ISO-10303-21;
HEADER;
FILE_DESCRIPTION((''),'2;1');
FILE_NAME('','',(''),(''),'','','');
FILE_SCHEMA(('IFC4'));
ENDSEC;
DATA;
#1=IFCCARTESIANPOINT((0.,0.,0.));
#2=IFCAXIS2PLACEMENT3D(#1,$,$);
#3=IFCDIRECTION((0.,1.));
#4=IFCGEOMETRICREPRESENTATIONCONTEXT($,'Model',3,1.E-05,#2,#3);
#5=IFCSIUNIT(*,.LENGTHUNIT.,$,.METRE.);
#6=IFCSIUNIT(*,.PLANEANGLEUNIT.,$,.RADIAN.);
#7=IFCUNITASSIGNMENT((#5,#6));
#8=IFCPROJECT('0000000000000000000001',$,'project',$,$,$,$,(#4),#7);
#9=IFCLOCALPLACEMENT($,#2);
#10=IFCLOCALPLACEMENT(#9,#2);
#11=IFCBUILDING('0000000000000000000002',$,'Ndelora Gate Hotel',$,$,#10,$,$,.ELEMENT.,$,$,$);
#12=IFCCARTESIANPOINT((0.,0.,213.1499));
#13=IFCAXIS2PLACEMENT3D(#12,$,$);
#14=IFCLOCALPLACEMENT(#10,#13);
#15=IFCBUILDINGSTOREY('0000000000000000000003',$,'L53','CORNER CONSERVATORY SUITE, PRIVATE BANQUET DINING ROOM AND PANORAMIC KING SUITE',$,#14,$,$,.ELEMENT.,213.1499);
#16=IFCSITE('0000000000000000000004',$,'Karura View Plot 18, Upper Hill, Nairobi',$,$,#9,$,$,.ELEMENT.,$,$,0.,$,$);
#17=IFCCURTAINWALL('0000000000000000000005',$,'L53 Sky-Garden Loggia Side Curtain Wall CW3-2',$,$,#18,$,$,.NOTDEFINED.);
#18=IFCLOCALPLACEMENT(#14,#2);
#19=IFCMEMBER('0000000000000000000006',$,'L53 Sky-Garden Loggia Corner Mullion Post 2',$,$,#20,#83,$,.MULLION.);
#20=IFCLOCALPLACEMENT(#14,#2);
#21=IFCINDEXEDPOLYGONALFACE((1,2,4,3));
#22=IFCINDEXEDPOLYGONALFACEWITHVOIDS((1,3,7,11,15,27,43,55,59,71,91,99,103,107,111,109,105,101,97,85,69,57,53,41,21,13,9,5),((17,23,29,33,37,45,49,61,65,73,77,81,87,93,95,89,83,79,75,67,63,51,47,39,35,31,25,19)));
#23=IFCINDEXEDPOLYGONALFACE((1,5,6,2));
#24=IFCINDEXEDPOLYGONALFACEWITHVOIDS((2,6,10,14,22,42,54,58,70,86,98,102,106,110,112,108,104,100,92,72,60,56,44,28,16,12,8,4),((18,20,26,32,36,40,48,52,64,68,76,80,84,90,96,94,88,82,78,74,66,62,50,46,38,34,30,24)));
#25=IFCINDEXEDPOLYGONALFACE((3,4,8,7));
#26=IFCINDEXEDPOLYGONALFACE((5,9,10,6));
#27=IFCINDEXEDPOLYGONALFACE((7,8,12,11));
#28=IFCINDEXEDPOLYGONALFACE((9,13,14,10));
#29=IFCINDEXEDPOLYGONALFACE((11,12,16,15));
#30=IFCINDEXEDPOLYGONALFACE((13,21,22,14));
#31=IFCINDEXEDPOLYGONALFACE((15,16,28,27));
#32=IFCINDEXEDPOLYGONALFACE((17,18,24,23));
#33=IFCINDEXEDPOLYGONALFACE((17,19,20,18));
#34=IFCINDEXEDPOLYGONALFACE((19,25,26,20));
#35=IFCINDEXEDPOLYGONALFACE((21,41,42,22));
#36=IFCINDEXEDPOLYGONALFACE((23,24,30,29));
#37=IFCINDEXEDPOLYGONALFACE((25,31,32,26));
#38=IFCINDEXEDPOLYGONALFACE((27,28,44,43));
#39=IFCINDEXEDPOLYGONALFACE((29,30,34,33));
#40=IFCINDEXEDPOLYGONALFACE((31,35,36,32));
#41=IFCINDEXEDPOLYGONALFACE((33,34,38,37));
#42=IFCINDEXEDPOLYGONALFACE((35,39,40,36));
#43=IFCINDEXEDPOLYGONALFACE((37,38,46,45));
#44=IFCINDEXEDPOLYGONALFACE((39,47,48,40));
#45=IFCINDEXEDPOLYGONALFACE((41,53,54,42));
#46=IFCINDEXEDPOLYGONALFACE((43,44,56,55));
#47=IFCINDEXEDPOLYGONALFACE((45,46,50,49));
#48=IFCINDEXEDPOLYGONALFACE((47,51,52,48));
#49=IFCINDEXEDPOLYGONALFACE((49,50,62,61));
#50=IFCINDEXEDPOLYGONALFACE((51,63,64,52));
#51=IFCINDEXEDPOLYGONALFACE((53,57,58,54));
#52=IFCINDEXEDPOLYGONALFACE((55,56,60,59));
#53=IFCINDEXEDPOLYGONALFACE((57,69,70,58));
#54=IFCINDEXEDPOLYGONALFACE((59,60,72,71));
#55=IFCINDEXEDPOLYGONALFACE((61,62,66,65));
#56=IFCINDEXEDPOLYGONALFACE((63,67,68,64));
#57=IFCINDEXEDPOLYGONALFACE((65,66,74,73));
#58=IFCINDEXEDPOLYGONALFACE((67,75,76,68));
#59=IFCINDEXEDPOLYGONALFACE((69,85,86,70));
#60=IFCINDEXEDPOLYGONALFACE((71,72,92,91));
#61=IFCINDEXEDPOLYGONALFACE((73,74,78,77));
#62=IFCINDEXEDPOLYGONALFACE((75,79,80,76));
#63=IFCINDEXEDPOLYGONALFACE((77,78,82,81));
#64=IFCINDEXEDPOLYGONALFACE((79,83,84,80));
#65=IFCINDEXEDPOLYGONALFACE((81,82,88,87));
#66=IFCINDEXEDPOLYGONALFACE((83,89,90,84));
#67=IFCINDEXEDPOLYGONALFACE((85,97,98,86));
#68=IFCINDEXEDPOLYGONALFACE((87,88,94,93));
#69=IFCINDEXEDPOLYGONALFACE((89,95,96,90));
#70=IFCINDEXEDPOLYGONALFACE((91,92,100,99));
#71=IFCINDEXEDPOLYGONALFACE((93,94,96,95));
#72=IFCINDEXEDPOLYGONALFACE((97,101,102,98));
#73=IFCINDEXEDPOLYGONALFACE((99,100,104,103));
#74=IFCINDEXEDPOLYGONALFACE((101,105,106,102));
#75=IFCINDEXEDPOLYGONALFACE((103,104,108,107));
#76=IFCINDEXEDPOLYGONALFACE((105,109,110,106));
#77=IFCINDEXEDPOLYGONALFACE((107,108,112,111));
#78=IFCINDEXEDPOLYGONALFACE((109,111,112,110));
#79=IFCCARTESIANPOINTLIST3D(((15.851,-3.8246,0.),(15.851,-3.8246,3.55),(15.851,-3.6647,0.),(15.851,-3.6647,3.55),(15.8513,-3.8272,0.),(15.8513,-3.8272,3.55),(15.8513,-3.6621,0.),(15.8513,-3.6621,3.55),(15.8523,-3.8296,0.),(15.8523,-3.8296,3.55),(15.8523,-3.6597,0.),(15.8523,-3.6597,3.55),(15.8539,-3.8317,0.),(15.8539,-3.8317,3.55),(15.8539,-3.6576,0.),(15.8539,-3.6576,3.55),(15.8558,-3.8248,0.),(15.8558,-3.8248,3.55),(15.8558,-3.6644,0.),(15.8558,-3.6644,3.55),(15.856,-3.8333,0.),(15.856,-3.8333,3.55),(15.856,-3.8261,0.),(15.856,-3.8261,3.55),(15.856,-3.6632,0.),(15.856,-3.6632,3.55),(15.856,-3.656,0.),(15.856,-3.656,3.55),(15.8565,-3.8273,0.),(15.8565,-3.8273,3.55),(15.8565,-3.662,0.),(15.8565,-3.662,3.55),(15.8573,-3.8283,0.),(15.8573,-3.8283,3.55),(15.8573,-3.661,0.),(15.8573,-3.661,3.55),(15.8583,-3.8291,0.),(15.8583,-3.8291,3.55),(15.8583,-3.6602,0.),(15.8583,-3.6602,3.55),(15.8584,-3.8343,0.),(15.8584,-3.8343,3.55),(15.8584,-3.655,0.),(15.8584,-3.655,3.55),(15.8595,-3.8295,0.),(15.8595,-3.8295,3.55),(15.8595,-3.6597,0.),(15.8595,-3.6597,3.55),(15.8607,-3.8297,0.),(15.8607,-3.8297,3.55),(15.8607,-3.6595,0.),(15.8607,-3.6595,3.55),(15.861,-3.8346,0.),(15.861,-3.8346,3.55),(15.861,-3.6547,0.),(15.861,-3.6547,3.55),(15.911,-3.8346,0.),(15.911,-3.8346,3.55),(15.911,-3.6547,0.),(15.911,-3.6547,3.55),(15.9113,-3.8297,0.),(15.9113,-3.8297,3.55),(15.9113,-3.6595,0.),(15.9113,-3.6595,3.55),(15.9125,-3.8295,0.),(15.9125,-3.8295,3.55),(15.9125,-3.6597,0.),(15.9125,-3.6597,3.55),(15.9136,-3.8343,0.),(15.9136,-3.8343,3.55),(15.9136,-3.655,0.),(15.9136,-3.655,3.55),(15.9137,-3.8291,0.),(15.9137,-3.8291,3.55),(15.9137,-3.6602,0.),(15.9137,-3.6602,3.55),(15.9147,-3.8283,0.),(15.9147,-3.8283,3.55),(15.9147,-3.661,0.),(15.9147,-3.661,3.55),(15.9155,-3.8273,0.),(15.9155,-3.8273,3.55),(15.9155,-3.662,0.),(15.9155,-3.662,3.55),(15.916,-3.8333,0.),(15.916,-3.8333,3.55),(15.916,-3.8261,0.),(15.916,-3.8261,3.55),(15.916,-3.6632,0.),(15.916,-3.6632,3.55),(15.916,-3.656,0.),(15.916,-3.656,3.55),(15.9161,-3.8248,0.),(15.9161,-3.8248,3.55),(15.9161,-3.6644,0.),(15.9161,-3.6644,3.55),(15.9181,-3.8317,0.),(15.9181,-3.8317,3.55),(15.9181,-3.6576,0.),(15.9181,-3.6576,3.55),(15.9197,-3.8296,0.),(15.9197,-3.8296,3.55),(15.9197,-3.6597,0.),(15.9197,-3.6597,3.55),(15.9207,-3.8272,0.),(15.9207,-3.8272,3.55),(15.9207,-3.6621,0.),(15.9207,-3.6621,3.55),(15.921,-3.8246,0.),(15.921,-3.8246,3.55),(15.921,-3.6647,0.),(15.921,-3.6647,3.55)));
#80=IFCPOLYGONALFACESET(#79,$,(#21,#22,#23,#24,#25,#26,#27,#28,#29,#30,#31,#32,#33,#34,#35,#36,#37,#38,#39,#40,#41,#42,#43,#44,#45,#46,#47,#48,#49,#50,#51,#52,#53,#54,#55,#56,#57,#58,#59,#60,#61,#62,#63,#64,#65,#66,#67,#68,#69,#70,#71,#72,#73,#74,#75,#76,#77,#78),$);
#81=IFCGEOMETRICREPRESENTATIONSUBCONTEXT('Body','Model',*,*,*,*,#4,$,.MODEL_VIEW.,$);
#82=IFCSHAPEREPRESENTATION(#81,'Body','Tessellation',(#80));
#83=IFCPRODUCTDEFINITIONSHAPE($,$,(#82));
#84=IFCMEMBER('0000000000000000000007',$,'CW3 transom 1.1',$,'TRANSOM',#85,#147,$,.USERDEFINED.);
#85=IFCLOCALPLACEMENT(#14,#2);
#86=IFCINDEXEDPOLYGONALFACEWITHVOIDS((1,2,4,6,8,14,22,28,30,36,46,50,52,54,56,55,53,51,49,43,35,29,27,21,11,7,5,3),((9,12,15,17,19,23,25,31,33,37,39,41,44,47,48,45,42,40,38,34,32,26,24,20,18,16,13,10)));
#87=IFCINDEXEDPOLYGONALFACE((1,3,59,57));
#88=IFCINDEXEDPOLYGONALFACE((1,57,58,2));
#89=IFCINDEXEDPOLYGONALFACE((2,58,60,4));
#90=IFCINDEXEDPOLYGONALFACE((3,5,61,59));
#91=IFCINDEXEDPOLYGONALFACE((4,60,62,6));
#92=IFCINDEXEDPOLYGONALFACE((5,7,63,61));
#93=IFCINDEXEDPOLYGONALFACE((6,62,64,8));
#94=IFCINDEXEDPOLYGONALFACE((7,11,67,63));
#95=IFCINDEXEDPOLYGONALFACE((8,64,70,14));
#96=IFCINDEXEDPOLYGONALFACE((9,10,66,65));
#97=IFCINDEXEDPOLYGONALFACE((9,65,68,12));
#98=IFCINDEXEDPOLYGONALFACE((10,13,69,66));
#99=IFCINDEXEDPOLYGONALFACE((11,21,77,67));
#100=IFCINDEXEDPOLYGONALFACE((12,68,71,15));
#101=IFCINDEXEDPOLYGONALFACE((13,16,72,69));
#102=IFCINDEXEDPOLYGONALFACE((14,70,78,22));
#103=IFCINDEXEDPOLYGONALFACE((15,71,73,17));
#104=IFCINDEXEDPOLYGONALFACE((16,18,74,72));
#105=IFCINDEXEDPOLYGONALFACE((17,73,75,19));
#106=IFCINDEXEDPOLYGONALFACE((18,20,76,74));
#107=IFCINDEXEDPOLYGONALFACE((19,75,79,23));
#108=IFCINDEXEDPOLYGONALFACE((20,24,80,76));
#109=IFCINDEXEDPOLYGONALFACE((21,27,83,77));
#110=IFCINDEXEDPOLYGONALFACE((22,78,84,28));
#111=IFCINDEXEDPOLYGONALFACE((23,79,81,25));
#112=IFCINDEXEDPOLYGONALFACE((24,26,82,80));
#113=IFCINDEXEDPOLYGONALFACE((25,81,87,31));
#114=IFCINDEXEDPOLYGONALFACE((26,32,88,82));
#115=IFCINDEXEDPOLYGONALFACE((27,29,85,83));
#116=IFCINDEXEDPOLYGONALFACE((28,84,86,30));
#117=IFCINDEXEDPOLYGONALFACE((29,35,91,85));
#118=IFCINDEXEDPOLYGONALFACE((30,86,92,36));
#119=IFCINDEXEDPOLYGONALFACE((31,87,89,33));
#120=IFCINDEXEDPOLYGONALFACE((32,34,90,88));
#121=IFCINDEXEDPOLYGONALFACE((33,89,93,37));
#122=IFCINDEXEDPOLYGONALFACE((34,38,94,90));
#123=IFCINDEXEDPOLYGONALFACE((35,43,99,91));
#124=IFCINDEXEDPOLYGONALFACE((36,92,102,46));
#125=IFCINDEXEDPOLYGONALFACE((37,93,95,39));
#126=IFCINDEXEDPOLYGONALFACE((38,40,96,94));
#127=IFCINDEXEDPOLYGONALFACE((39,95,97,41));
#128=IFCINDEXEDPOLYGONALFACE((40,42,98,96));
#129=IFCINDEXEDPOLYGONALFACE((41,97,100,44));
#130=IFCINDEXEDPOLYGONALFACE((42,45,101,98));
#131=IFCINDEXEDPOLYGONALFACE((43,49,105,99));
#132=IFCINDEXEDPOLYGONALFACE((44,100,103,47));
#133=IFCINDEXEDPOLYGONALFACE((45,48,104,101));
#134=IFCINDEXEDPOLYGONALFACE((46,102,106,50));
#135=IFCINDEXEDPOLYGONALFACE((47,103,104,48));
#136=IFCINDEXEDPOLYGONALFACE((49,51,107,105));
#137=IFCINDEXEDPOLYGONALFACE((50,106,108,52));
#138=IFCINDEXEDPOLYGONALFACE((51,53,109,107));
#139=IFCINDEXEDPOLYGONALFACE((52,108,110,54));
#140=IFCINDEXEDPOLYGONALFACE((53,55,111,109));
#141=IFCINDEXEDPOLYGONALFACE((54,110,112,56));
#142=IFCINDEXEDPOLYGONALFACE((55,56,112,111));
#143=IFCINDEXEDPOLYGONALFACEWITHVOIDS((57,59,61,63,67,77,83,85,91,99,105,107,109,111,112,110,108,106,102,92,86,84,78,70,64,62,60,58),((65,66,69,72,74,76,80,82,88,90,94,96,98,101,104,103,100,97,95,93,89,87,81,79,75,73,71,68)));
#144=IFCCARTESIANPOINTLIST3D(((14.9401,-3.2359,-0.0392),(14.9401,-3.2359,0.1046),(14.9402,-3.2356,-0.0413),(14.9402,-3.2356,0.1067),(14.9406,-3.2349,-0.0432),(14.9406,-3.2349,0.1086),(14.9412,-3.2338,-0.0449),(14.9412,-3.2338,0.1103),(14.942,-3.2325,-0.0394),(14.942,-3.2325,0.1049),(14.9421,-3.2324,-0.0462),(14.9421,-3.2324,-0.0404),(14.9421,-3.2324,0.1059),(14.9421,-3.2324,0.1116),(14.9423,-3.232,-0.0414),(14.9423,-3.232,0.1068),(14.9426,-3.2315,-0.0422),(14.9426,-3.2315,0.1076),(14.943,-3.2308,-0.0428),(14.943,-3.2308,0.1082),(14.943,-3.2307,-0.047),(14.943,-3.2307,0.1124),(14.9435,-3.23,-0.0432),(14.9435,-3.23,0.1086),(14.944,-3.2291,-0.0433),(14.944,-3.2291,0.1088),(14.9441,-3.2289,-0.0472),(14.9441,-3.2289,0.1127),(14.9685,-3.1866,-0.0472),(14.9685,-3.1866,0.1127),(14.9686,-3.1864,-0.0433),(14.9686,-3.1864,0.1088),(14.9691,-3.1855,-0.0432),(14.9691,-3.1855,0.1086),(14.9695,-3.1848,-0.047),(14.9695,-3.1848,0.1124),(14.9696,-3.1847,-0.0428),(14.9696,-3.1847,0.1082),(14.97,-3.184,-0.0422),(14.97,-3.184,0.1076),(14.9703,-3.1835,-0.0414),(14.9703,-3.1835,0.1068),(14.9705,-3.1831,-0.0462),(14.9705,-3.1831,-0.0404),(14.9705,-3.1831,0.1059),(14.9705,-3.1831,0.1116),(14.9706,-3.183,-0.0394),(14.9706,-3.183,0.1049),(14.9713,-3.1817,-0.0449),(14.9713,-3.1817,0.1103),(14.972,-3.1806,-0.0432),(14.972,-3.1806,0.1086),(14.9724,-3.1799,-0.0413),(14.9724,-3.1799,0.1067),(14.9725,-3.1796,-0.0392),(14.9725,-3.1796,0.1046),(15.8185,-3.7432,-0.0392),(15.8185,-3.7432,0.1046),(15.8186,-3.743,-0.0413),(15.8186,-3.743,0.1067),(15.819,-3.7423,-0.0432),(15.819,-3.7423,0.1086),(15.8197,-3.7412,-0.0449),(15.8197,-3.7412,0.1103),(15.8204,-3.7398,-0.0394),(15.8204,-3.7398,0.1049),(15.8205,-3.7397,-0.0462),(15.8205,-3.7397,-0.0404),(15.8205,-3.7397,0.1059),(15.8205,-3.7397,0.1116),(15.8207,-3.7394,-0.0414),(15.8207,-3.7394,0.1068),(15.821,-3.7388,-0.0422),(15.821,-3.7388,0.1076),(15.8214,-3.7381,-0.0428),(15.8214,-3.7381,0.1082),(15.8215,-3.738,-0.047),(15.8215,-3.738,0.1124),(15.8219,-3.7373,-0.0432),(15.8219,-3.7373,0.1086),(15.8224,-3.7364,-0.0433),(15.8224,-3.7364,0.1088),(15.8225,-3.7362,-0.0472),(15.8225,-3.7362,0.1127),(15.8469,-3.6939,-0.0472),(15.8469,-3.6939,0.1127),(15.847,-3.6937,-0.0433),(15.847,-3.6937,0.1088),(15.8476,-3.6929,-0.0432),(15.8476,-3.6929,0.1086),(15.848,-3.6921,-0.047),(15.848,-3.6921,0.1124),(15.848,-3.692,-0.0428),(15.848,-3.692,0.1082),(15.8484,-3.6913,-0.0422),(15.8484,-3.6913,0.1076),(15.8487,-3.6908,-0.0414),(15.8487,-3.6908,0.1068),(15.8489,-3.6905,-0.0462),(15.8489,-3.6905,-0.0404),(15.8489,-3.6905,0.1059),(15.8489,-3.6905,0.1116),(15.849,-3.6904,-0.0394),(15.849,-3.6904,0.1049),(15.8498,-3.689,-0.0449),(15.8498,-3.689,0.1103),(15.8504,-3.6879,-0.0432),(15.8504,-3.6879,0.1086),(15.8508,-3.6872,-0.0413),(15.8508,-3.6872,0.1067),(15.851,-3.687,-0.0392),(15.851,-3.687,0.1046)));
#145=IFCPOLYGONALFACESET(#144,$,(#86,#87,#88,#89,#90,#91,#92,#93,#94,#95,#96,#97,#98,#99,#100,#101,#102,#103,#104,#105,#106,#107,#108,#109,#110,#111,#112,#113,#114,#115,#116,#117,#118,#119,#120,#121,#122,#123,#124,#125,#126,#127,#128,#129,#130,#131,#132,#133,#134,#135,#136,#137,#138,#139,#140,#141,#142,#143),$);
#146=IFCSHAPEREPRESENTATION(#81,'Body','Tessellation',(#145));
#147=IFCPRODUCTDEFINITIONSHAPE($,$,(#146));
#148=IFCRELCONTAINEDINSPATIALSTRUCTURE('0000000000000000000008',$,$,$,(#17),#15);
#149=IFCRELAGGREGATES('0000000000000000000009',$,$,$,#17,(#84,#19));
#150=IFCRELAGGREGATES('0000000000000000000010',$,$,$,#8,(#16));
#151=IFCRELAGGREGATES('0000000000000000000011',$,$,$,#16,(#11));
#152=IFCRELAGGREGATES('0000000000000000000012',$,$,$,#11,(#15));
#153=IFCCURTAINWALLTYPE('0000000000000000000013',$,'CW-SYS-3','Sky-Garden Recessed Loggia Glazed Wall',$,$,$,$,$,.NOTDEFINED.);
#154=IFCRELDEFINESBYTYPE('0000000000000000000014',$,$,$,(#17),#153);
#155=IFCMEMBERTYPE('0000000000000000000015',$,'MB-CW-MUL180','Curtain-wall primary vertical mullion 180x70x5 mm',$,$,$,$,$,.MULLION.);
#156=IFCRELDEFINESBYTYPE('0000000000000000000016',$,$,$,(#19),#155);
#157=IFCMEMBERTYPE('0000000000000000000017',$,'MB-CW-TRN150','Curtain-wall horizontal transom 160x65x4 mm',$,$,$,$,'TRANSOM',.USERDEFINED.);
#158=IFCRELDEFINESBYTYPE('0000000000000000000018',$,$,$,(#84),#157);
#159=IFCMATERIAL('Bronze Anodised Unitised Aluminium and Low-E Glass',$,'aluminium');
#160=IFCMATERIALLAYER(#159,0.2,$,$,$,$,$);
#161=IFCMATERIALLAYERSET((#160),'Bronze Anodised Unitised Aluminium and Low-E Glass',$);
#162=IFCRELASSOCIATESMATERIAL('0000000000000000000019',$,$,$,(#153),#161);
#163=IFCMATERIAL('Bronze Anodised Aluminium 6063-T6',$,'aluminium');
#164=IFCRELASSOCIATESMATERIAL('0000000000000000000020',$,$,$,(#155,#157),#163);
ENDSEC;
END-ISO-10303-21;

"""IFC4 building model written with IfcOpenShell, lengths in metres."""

from ifc_helpers import new_model, si_unit, direction, frame, origin, origin_2d, place, context, subcontext, project, spatial, hollow_rectangle, extrude, material, layer, layer_set, material_profile, profile_set, type_object, element, aggregate, save


model = new_model("IFC4")

# Units and contexts
model_context = context("Model", 3, precision=1e-05, world=origin(), true_north=direction((0.0, 1.0)))
body_context = subcontext(model_context, "Body", "Model", "MODEL_VIEW")
ifc_project = project(units=[si_unit("LENGTHUNIT", "METRE"), si_unit("PLANEANGLEUNIT", "RADIAN")], contexts=[model_context])

# Site, building, storey
site_placement = place(None, origin())
site = spatial("IfcSite", under=ifc_project, at=site_placement, Name="Karura View Plot 18, Upper Hill, Nairobi", CompositionType="ELEMENT", RefElevation=0.0)
building_placement = place(site_placement, origin())
building = spatial("IfcBuilding", under=site, at=building_placement, Name="Ndelora Gate Hotel", CompositionType="ELEMENT")
storey_placement = place(building_placement, frame((0.0, 0.0, 213.1499)))
storey = spatial("IfcBuildingStorey", under=building, at=storey_placement, Name="L53", Description="CORNER CONSERVATORY SUITE, PRIVATE BANQUET DINING ROOM AND PANORAMIC KING SUITE", CompositionType="ELEMENT", Elevation=213.1499)

# Curtain wall, members
ifc_material_1 = material(Name="Bronze Anodised Unitised Aluminium and Low-E Glass", Category="aluminium")
ifc_layer_1 = layer(ifc_material_1, 0.2)
ifc_layer_set_1 = layer_set([ifc_layer_1], Name="Bronze Anodised Unitised Aluminium and Low-E Glass")
curtain_wall_type = type_object("IfcCurtainWallType", Name="CW-SYS-3", Description="Sky-Garden Recessed Loggia Glazed Wall", PredefinedType="NOTDEFINED", material=ifc_layer_set_1)
curtain_wall_placement = place(storey_placement, origin())
curtain_wall = element("IfcCurtainWall", 1, at=curtain_wall_placement, inside=storey, type_object=curtain_wall_type, Name="L53 Sky-Garden Loggia Side Curtain Wall CW3-2", PredefinedType="NOTDEFINED")
ifc_material_2 = material(Name="Bronze Anodised Aluminium 6063-T6", Category="aluminium")
ifc_material_profile_1 = material_profile(ifc_material_2, hollow_rectangle(XDim=0.0701, YDim=0.1799, WallThickness=0.0049, InnerFilletRadius=0.0049, OuterFilletRadius=0.01, at=origin_2d()), Name="ALU 180x70x5")
ifc_profile_set_1 = profile_set([ifc_material_profile_1], Name="Bronze Anodised Aluminium 6063-T6")
member_type_1 = type_object("IfcMemberType", Name="MB-CW-MUL180", Description="Curtain-wall primary vertical mullion 180x70x5 mm", PredefinedType="MULLION", material=ifc_profile_set_1)
member_1_placement = place(storey_placement, frame((15.886, -3.7446, 0.0), z_axis=(0.0, 0.0, 1.0), x_axis=(1.0, 0.0, 0.0)))
member_1 = element("IfcMember", 2, at=member_1_placement, type_object=member_type_1, Name="L53 Sky-Garden Loggia Corner Mullion Post 2", PredefinedType="MULLION", context=body_context, shape_type="SweptSolid", body=[
    extrude(hollow_rectangle(XDim=0.0701, YDim=0.1799, WallThickness=0.0049, InnerFilletRadius=0.0049, OuterFilletRadius=0.01, at=origin_2d()), origin(), (0.0, 0.0, 1.0), 3.55),
])
ifc_material_profile_2 = material_profile(ifc_material_2, hollow_rectangle(XDim=0.0649, YDim=0.1599, WallThickness=0.0039, InnerFilletRadius=0.0039, OuterFilletRadius=0.0081, at=origin_2d()), Name="ALU 160x65x4")
ifc_profile_set_2 = profile_set([ifc_material_profile_2], Name="Bronze Anodised Aluminium 6063-T6")
member_type_2 = type_object("IfcMemberType", Name="MB-CW-TRN150", Description="Curtain-wall horizontal transom 160x65x4 mm", ElementType="TRANSOM", PredefinedType="USERDEFINED", material=ifc_profile_set_2)
member_2_placement = place(storey_placement, frame((15.8347, -3.7151, 0.0327), z_axis=(-0.865953, 0.500125, 0.0), x_axis=(-0.500125, -0.865953, 0.0)))
member_2 = element("IfcMember", 3, at=member_2_placement, type_object=member_type_2, Name="CW3 transom 1.1", ObjectType="TRANSOM", PredefinedType="USERDEFINED", context=body_context, shape_type="SweptSolid", body=[
    extrude(hollow_rectangle(XDim=0.0649, YDim=0.1599, WallThickness=0.0039, InnerFilletRadius=0.0039, OuterFilletRadius=0.0081, at=origin_2d()), origin(), (0.0, 0.0, 1.0), 1.0144),
])
aggregate(curtain_wall, [member_2, member_1])

save(model, "model.ifc")
